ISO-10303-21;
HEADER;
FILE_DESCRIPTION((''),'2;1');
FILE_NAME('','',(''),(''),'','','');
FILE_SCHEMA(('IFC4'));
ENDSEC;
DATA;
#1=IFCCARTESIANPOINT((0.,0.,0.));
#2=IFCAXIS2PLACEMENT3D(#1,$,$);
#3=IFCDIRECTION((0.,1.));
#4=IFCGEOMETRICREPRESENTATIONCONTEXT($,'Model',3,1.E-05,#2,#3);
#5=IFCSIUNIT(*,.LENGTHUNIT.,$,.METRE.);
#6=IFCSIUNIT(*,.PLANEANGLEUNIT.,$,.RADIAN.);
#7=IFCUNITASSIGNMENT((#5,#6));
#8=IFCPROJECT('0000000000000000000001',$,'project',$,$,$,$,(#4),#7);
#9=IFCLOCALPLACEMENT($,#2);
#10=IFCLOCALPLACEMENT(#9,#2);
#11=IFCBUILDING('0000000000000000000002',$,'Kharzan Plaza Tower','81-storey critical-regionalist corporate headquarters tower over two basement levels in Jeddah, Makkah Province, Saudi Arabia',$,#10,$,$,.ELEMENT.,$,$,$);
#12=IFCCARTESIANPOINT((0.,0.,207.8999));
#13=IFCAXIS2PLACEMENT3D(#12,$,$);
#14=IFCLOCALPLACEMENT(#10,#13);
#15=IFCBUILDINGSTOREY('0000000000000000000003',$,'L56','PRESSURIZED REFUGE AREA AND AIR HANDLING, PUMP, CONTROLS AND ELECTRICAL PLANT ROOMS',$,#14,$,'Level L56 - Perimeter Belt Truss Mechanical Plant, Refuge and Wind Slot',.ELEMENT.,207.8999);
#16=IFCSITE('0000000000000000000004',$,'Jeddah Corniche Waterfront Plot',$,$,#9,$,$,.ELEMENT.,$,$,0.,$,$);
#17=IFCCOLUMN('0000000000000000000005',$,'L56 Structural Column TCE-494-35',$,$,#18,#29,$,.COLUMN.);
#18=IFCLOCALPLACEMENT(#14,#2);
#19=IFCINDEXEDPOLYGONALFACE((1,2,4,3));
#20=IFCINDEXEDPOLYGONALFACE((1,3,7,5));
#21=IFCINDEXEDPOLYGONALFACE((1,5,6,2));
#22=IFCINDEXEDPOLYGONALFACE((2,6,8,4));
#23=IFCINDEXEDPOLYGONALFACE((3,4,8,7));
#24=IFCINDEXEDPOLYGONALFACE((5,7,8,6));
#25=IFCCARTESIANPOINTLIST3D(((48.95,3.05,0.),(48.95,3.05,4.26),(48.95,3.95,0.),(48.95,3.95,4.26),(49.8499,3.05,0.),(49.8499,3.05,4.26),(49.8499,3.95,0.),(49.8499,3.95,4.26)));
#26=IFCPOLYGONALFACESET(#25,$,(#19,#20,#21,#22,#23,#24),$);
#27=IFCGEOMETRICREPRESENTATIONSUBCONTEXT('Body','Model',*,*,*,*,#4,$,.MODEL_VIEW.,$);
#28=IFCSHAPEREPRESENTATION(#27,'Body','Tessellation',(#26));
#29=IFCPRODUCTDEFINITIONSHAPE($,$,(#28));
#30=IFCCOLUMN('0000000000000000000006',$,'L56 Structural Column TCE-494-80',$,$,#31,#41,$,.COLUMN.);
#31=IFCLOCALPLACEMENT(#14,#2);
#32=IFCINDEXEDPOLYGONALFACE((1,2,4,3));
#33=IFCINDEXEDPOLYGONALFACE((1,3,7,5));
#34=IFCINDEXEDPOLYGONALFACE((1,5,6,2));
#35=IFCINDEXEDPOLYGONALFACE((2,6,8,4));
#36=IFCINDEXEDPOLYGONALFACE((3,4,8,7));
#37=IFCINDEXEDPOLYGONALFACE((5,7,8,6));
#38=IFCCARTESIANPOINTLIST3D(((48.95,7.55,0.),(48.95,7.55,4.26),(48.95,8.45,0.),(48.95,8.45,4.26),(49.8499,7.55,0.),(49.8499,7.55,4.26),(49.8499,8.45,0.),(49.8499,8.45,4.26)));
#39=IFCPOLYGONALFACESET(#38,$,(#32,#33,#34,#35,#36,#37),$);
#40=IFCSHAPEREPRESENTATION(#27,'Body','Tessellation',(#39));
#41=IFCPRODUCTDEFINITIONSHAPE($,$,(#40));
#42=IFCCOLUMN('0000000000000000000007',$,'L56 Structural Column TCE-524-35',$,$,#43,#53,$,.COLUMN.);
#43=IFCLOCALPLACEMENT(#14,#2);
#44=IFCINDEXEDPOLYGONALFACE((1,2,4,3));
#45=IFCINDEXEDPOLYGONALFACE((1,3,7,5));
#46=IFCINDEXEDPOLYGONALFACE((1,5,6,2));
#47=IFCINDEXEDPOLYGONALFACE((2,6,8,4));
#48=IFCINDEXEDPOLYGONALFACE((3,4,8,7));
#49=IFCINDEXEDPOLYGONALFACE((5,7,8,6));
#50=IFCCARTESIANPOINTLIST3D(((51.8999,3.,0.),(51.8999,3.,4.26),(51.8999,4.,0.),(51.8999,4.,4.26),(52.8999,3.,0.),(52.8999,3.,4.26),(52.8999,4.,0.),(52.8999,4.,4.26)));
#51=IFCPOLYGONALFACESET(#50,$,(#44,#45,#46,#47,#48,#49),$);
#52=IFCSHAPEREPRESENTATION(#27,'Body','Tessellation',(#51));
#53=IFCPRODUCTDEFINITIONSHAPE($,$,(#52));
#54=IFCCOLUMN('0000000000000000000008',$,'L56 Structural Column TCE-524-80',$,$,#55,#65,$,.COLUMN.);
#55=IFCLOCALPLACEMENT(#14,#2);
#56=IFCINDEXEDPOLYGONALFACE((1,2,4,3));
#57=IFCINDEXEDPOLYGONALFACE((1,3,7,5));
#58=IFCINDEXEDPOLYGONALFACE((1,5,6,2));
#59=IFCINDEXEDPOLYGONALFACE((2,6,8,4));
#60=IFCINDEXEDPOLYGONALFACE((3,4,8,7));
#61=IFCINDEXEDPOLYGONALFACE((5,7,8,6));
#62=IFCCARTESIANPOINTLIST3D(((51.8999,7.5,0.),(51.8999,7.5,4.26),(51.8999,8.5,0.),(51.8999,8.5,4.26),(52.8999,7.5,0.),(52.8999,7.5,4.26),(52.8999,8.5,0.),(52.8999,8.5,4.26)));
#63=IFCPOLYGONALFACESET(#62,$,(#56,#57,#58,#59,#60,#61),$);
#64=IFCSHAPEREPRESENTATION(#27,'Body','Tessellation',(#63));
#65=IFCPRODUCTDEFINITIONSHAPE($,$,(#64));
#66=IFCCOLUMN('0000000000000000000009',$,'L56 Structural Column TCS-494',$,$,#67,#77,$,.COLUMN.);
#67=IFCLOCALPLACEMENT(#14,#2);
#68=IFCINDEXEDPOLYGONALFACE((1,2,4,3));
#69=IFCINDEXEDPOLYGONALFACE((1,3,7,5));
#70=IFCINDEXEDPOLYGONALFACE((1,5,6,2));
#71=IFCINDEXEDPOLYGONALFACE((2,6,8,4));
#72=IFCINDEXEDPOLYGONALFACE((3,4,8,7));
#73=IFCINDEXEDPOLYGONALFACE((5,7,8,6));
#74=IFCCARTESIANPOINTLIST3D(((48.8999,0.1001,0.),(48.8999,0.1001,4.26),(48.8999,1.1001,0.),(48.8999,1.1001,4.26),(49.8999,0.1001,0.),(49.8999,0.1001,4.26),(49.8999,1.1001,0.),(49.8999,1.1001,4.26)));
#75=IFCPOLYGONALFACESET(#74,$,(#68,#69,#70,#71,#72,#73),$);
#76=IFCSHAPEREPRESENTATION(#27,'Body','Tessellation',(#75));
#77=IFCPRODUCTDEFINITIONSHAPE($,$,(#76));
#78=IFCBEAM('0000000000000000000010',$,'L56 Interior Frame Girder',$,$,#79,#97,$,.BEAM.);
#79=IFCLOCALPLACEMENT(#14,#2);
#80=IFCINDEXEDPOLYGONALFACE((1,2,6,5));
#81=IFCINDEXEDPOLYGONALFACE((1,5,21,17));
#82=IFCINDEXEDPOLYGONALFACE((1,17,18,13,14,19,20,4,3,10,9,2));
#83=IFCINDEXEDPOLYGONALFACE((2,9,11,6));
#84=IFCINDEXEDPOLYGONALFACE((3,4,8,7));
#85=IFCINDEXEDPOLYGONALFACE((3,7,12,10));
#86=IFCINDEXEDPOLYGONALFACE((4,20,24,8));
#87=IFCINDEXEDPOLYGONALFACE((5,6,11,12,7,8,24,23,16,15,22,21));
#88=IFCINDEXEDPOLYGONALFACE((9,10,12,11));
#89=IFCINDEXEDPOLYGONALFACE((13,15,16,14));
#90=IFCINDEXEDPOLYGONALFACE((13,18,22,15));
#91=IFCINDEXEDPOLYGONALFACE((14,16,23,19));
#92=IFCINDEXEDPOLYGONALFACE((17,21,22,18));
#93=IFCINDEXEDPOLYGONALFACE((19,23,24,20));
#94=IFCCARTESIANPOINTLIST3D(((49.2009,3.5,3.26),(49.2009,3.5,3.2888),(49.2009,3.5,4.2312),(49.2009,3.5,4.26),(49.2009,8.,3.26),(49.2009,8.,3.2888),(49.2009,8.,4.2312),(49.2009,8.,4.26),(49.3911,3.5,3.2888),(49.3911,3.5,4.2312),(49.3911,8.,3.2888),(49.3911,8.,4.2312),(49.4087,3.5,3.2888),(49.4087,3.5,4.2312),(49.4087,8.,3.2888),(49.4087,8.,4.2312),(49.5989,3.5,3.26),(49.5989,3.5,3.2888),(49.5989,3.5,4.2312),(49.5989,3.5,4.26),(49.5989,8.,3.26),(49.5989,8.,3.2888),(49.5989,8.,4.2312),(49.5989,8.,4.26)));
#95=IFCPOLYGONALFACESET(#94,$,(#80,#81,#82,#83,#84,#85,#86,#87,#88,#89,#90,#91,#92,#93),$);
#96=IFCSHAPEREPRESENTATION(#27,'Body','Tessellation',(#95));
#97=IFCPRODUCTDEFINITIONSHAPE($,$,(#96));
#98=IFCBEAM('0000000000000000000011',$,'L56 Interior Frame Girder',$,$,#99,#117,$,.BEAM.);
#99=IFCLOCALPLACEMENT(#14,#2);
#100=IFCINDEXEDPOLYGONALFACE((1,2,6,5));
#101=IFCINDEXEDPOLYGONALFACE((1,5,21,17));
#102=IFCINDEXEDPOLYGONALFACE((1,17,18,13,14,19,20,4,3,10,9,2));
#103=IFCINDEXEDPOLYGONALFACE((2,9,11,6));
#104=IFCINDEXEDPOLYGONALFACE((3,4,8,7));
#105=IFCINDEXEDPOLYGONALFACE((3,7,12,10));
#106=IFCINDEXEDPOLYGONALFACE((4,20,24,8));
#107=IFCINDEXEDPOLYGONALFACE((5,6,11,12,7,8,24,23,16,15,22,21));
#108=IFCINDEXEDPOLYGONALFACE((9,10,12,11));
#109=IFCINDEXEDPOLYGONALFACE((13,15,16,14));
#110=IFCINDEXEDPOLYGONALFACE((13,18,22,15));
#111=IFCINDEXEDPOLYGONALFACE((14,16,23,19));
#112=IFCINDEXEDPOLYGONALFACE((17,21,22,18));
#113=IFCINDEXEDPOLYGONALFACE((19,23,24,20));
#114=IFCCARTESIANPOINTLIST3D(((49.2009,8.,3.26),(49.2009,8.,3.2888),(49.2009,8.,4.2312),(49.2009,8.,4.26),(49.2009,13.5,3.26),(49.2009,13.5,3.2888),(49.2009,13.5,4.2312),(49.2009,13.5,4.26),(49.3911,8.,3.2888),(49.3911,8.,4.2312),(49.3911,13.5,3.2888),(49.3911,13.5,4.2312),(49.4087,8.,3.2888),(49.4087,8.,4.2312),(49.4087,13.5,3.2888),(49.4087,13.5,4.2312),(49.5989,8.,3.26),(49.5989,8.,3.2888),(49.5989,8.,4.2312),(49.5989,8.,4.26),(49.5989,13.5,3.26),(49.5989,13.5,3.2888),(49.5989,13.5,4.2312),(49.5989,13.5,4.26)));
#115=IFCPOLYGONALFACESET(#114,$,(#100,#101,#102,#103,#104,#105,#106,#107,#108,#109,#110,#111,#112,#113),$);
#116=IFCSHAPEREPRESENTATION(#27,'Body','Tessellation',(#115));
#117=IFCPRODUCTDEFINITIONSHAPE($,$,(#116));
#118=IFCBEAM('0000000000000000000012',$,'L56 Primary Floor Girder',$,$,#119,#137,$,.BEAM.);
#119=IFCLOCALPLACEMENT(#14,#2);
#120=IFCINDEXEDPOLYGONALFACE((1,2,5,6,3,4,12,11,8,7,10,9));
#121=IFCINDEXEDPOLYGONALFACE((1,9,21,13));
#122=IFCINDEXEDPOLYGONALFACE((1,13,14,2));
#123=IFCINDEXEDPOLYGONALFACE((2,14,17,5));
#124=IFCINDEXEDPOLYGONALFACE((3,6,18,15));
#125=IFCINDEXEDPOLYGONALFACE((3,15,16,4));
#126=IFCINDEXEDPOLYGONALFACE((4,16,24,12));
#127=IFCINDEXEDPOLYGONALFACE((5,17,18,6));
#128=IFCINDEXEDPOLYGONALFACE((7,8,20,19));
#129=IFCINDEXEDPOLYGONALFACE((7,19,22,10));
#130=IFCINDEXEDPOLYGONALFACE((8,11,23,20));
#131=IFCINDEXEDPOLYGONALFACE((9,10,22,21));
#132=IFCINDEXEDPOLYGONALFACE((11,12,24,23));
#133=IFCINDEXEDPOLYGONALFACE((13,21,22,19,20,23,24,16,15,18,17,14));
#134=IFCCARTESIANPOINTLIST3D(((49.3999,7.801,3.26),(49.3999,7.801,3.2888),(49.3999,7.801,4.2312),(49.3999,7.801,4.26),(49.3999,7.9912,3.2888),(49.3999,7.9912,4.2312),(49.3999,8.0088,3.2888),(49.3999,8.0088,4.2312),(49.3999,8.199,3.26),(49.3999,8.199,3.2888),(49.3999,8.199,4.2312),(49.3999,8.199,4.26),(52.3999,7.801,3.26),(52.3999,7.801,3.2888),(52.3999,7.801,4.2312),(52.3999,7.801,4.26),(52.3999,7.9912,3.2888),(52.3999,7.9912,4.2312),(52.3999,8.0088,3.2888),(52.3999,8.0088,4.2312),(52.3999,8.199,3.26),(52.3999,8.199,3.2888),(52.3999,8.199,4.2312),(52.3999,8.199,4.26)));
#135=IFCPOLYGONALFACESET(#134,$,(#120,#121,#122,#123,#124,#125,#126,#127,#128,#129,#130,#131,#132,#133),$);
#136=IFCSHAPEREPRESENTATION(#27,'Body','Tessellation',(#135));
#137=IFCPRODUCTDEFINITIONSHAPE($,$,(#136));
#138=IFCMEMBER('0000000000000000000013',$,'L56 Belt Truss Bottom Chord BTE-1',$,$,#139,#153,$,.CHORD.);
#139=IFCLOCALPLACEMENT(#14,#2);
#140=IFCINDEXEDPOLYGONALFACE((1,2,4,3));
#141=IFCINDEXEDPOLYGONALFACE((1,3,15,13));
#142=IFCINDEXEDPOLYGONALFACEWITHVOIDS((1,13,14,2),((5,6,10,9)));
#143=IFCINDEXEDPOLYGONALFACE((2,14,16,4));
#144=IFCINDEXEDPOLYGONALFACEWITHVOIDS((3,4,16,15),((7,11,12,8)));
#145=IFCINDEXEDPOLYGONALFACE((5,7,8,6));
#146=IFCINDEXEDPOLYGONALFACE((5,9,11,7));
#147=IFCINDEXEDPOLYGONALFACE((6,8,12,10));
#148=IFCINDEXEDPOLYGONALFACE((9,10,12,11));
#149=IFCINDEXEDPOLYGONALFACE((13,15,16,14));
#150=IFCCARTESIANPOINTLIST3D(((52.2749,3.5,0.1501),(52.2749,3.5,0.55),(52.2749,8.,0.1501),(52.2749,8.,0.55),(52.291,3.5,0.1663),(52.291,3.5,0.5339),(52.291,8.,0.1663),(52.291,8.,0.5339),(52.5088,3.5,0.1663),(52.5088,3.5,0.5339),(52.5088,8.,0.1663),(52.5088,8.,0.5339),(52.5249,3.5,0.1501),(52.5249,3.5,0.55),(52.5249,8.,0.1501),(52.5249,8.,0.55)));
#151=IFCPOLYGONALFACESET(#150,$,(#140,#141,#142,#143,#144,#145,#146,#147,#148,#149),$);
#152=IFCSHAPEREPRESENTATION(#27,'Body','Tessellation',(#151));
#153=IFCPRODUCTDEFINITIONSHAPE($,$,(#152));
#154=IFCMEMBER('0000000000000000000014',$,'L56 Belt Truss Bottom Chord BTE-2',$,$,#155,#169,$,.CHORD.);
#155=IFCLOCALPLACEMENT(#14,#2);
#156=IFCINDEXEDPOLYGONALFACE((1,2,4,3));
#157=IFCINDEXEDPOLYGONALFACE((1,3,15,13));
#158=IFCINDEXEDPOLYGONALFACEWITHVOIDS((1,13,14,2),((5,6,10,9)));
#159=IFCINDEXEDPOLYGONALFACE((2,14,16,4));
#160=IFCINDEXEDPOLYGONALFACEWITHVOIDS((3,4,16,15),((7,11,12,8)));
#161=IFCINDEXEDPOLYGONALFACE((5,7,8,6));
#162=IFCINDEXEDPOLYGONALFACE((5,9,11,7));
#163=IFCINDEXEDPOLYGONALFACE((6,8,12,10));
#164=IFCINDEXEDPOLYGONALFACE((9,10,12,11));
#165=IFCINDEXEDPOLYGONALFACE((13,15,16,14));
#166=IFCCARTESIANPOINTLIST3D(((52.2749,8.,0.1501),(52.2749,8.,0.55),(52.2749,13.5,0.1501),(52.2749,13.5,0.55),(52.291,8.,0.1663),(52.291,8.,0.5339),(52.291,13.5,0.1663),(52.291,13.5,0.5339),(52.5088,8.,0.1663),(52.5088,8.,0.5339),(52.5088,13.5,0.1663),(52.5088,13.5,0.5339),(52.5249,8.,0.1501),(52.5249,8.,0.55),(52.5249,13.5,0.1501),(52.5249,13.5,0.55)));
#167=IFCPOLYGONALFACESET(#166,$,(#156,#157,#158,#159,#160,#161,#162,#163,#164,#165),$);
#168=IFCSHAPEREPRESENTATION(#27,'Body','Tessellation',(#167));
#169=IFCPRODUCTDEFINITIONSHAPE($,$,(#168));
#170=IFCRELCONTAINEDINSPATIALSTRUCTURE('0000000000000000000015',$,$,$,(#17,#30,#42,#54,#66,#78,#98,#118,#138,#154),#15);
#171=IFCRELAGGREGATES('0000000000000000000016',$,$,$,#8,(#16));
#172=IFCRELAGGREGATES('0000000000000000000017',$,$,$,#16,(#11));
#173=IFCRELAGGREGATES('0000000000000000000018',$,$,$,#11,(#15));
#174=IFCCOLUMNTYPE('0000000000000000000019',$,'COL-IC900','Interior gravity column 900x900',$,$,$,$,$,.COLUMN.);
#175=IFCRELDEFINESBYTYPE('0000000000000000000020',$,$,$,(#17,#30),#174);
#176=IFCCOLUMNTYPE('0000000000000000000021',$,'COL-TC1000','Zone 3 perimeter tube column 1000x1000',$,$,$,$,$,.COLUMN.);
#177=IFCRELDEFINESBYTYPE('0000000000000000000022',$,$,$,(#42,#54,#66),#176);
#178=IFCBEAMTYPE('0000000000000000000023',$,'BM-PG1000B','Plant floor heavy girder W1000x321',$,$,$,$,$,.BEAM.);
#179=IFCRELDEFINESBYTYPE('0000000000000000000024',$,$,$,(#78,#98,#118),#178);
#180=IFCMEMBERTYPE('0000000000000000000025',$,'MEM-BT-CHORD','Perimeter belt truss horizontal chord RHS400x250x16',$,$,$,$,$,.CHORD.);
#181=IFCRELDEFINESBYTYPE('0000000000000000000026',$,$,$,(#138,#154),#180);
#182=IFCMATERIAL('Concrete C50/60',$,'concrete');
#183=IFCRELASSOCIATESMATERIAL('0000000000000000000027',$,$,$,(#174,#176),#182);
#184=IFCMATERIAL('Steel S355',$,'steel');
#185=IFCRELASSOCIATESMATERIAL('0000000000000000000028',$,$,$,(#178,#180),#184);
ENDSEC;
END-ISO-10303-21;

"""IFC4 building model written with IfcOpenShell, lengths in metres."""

from ifc_helpers import new_model, si_unit, direction, frame, origin, origin_2d, place, context, subcontext, project, spatial, rectangle, hollow_rectangle, i_section, extrude, source, transform, mapped, material, material_profile, profile_set, type_object, element, save


model = new_model("IFC4")

# Units and contexts
model_context = context("Model", 3, precision=1e-05, world=origin(), true_north=direction((0.0, 1.0)))
body_context = subcontext(model_context, "Body", "Model", "MODEL_VIEW")
ifc_project = project(units=[si_unit("LENGTHUNIT", "METRE"), si_unit("PLANEANGLEUNIT", "RADIAN")], contexts=[model_context])

# Site, building, storey
site_placement = place(None, origin())
site = spatial("IfcSite", under=ifc_project, at=site_placement, Name="Jeddah Corniche Waterfront Plot", CompositionType="ELEMENT", RefElevation=0.0)
building_placement = place(site_placement, origin())
building = spatial("IfcBuilding", under=site, at=building_placement, Name="Kharzan Plaza Tower", Description="81-storey critical-regionalist corporate headquarters tower over two basement levels in Jeddah, Makkah Province, Saudi Arabia", CompositionType="ELEMENT")
storey_placement = place(building_placement, frame((0.0, 0.0, 207.8999)))
storey = spatial("IfcBuildingStorey", under=building, at=storey_placement, Name="L56", Description="PRESSURIZED REFUGE AREA AND AIR HANDLING, PUMP, CONTROLS AND ELECTRICAL PLANT ROOMS", LongName="Level L56 - Perimeter Belt Truss Mechanical Plant, Refuge and Wind Slot", CompositionType="ELEMENT", Elevation=207.8999)

# Columns
ifc_material_1 = material(Name="Concrete C50/60", Category="concrete")
ifc_material_profile_1 = material_profile(ifc_material_1, rectangle(XDim=0.8999, YDim=0.8999, at=origin_2d()), Name="RC-IC900x900")
ifc_profile_set_1 = profile_set([ifc_material_profile_1], Name="Concrete C50/60")
column_type_1 = type_object("IfcColumnType", Name="COL-IC900", Description="Interior gravity column 900x900", PredefinedType="COLUMN", material=ifc_profile_set_1)
shared_shape_1 = source(origin(), body_context, "Body", "SweptSolid", [
    extrude(rectangle(XDim=0.8999, YDim=0.8999, at=origin_2d()), origin(), (0.0, 0.0, 1.0), 4.26),
])
for number, where, z_axis, x_axis, name in (
    (1, (49.3999, 3.5, 0.0), (0.0, 0.0, 1.0), (1.0, 0.0, 0.0), "L56 Structural Column TCE-494-35"),
    (2, (49.3999, 8.0, 0.0), (0.0, 0.0, 1.0), (1.0, 0.0, 0.0), "L56 Structural Column TCE-494-80"),
):
    element("IfcColumn", number, at=place(storey_placement, frame(where, z_axis=z_axis, x_axis=x_axis)), inside=storey, type_object=column_type_1, Name=name, PredefinedType="COLUMN", context=body_context, shape_type="MappedRepresentation", body=[
        mapped(shared_shape_1, transform((0.0, 0.0, 0.0), x_axis=(1.0, 0.0, 0.0), y_axis=(0.0, 1.0, 0.0), z_axis=(0.0, 0.0, 1.0))),
    ])
ifc_material_profile_2 = material_profile(ifc_material_1, rectangle(XDim=1.0, YDim=1.0, at=origin_2d()), Name="RC-TC1000x1000")
ifc_profile_set_2 = profile_set([ifc_material_profile_2], Name="Concrete C50/60")
column_type_2 = type_object("IfcColumnType", Name="COL-TC1000", Description="Zone 3 perimeter tube column 1000x1000", PredefinedType="COLUMN", material=ifc_profile_set_2)
shared_shape_2 = source(origin(), body_context, "Body", "SweptSolid", [
    extrude(rectangle(XDim=1.0, YDim=1.0, at=origin_2d()), origin(), (0.0, 0.0, 1.0), 4.26),
])
for number, where, z_axis, x_axis, name in (
    (3, (52.3999, 3.5, 0.0), (0.0, 0.0, 1.0), (1.0, 0.0, 0.0), "L56 Structural Column TCE-524-35"),
    (4, (52.3999, 8.0, 0.0), (0.0, 0.0, 1.0), (1.0, 0.0, 0.0), "L56 Structural Column TCE-524-80"),
    (5, (49.3999, 0.6001, 0.0), (0.0, 0.0, 1.0), (1.0, 0.0, 0.0), "L56 Structural Column TCS-494"),
):
    element("IfcColumn", number, at=place(storey_placement, frame(where, z_axis=z_axis, x_axis=x_axis)), inside=storey, type_object=column_type_2, Name=name, PredefinedType="COLUMN", context=body_context, shape_type="MappedRepresentation", body=[
        mapped(shared_shape_2, transform((0.0, 0.0, 0.0), x_axis=(1.0, 0.0, 0.0), y_axis=(0.0, 1.0, 0.0), z_axis=(0.0, 0.0, 1.0))),
    ])

# Beams
ifc_material_2 = material(Name="Steel S355", Category="steel")
ifc_material_profile_3 = material_profile(ifc_material_2, i_section(OverallWidth=0.3979, OverallDepth=1.0, WebThickness=0.0176, FlangeThickness=0.0288, at=origin_2d()), Name="W1000x321")
ifc_profile_set_3 = profile_set([ifc_material_profile_3], Name="Steel S355")
beam_type_1 = type_object("IfcBeamType", Name="BM-PG1000B", Description="Plant floor heavy girder W1000x321", PredefinedType="BEAM", material=ifc_profile_set_3)
shared_shape_3 = source(origin(), body_context, "Body", "SweptSolid", [
    extrude(i_section(OverallWidth=0.3979, OverallDepth=1.0, WebThickness=0.0176, FlangeThickness=0.0288, at=origin_2d()), origin(), (0.0, 0.0, 1.0), 4.5),
])
beam_1_placement = place(storey_placement, frame((49.3999, 3.5, 3.76), z_axis=(0.0, 1.0, 0.0), x_axis=(-1.0, 0.0, 0.0)))
element("IfcBeam", 6, at=beam_1_placement, inside=storey, type_object=beam_type_1, Name="L56 Interior Frame Girder", PredefinedType="BEAM", context=body_context, shape_type="MappedRepresentation", body=[
    mapped(shared_shape_3, transform((0.0, 0.0, 0.0), x_axis=(1.0, 0.0, 0.0), y_axis=(0.0, 1.0, 0.0), z_axis=(0.0, 0.0, 1.0))),
])
shared_shape_4 = source(origin(), body_context, "Body", "SweptSolid", [
    extrude(i_section(OverallWidth=0.3979, OverallDepth=1.0, WebThickness=0.0176, FlangeThickness=0.0288, at=origin_2d()), origin(), (0.0, 0.0, 1.0), 5.5),
])
beam_2_placement = place(storey_placement, frame((49.3999, 8.0, 3.76), z_axis=(0.0, 1.0, 0.0), x_axis=(-1.0, 0.0, 0.0)))
element("IfcBeam", 7, at=beam_2_placement, inside=storey, type_object=beam_type_1, Name="L56 Interior Frame Girder", PredefinedType="BEAM", context=body_context, shape_type="MappedRepresentation", body=[
    mapped(shared_shape_4, transform((0.0, 0.0, 0.0), x_axis=(1.0, 0.0, 0.0), y_axis=(0.0, 1.0, 0.0), z_axis=(0.0, 0.0, 1.0))),
])
shared_shape_5 = source(origin(), body_context, "Body", "SweptSolid", [
    extrude(i_section(OverallWidth=0.3979, OverallDepth=1.0, WebThickness=0.0176, FlangeThickness=0.0288, at=origin_2d()), origin(), (0.0, 0.0, 1.0), 3.0),
])
beam_3_placement = place(storey_placement, frame((49.3999, 8.0, 3.76), z_axis=(1.0, 0.0, 0.0), x_axis=(0.0, 1.0, 0.0)))
element("IfcBeam", 8, at=beam_3_placement, inside=storey, type_object=beam_type_1, Name="L56 Primary Floor Girder", PredefinedType="BEAM", context=body_context, shape_type="MappedRepresentation", body=[
    mapped(shared_shape_5, transform((0.0, 0.0, 0.0), x_axis=(1.0, 0.0, 0.0), y_axis=(0.0, 1.0, 0.0), z_axis=(0.0, 0.0, 1.0))),
])

# Members
ifc_material_profile_4 = material_profile(ifc_material_2, hollow_rectangle(XDim=0.25, YDim=0.3999, WallThickness=0.0161, at=origin_2d()), Name="RHS400x250x16")
ifc_profile_set_4 = profile_set([ifc_material_profile_4], Name="Steel S355")
member_type_1 = type_object("IfcMemberType", Name="MEM-BT-CHORD", Description="Perimeter belt truss horizontal chord RHS400x250x16", PredefinedType="CHORD", material=ifc_profile_set_4)
shared_shape_6 = source(origin(), body_context, "Body", "SweptSolid", [
    extrude(hollow_rectangle(XDim=0.25, YDim=0.3999, WallThickness=0.0161, at=origin_2d()), origin(), (0.0, 0.0, 1.0), 4.5),
])
member_1_placement = place(storey_placement, frame((52.3999, 3.5, 0.3501), z_axis=(0.0, 1.0, 0.0), x_axis=(-1.0, 0.0, 0.0)))
element("IfcMember", 9, at=member_1_placement, inside=storey, type_object=member_type_1, Name="L56 Belt Truss Bottom Chord BTE-1", PredefinedType="CHORD", context=body_context, shape_type="MappedRepresentation", body=[
    mapped(shared_shape_6, transform((0.0, 0.0, 0.0), x_axis=(1.0, 0.0, 0.0), y_axis=(0.0, 1.0, 0.0), z_axis=(0.0, 0.0, 1.0))),
])
shared_shape_7 = source(origin(), body_context, "Body", "SweptSolid", [
    extrude(hollow_rectangle(XDim=0.25, YDim=0.3999, WallThickness=0.0161, at=origin_2d()), origin(), (0.0, 0.0, 1.0), 5.5),
])
member_2_placement = place(storey_placement, frame((52.3999, 8.0, 0.3501), z_axis=(0.0, 1.0, 0.0), x_axis=(-1.0, 0.0, 0.0)))
element("IfcMember", 10, at=member_2_placement, inside=storey, type_object=member_type_1, Name="L56 Belt Truss Bottom Chord BTE-2", PredefinedType="CHORD", context=body_context, shape_type="MappedRepresentation", body=[
    mapped(shared_shape_7, transform((0.0, 0.0, 0.0), x_axis=(1.0, 0.0, 0.0), y_axis=(0.0, 1.0, 0.0), z_axis=(0.0, 0.0, 1.0))),
])

save(model, "model.ifc")
